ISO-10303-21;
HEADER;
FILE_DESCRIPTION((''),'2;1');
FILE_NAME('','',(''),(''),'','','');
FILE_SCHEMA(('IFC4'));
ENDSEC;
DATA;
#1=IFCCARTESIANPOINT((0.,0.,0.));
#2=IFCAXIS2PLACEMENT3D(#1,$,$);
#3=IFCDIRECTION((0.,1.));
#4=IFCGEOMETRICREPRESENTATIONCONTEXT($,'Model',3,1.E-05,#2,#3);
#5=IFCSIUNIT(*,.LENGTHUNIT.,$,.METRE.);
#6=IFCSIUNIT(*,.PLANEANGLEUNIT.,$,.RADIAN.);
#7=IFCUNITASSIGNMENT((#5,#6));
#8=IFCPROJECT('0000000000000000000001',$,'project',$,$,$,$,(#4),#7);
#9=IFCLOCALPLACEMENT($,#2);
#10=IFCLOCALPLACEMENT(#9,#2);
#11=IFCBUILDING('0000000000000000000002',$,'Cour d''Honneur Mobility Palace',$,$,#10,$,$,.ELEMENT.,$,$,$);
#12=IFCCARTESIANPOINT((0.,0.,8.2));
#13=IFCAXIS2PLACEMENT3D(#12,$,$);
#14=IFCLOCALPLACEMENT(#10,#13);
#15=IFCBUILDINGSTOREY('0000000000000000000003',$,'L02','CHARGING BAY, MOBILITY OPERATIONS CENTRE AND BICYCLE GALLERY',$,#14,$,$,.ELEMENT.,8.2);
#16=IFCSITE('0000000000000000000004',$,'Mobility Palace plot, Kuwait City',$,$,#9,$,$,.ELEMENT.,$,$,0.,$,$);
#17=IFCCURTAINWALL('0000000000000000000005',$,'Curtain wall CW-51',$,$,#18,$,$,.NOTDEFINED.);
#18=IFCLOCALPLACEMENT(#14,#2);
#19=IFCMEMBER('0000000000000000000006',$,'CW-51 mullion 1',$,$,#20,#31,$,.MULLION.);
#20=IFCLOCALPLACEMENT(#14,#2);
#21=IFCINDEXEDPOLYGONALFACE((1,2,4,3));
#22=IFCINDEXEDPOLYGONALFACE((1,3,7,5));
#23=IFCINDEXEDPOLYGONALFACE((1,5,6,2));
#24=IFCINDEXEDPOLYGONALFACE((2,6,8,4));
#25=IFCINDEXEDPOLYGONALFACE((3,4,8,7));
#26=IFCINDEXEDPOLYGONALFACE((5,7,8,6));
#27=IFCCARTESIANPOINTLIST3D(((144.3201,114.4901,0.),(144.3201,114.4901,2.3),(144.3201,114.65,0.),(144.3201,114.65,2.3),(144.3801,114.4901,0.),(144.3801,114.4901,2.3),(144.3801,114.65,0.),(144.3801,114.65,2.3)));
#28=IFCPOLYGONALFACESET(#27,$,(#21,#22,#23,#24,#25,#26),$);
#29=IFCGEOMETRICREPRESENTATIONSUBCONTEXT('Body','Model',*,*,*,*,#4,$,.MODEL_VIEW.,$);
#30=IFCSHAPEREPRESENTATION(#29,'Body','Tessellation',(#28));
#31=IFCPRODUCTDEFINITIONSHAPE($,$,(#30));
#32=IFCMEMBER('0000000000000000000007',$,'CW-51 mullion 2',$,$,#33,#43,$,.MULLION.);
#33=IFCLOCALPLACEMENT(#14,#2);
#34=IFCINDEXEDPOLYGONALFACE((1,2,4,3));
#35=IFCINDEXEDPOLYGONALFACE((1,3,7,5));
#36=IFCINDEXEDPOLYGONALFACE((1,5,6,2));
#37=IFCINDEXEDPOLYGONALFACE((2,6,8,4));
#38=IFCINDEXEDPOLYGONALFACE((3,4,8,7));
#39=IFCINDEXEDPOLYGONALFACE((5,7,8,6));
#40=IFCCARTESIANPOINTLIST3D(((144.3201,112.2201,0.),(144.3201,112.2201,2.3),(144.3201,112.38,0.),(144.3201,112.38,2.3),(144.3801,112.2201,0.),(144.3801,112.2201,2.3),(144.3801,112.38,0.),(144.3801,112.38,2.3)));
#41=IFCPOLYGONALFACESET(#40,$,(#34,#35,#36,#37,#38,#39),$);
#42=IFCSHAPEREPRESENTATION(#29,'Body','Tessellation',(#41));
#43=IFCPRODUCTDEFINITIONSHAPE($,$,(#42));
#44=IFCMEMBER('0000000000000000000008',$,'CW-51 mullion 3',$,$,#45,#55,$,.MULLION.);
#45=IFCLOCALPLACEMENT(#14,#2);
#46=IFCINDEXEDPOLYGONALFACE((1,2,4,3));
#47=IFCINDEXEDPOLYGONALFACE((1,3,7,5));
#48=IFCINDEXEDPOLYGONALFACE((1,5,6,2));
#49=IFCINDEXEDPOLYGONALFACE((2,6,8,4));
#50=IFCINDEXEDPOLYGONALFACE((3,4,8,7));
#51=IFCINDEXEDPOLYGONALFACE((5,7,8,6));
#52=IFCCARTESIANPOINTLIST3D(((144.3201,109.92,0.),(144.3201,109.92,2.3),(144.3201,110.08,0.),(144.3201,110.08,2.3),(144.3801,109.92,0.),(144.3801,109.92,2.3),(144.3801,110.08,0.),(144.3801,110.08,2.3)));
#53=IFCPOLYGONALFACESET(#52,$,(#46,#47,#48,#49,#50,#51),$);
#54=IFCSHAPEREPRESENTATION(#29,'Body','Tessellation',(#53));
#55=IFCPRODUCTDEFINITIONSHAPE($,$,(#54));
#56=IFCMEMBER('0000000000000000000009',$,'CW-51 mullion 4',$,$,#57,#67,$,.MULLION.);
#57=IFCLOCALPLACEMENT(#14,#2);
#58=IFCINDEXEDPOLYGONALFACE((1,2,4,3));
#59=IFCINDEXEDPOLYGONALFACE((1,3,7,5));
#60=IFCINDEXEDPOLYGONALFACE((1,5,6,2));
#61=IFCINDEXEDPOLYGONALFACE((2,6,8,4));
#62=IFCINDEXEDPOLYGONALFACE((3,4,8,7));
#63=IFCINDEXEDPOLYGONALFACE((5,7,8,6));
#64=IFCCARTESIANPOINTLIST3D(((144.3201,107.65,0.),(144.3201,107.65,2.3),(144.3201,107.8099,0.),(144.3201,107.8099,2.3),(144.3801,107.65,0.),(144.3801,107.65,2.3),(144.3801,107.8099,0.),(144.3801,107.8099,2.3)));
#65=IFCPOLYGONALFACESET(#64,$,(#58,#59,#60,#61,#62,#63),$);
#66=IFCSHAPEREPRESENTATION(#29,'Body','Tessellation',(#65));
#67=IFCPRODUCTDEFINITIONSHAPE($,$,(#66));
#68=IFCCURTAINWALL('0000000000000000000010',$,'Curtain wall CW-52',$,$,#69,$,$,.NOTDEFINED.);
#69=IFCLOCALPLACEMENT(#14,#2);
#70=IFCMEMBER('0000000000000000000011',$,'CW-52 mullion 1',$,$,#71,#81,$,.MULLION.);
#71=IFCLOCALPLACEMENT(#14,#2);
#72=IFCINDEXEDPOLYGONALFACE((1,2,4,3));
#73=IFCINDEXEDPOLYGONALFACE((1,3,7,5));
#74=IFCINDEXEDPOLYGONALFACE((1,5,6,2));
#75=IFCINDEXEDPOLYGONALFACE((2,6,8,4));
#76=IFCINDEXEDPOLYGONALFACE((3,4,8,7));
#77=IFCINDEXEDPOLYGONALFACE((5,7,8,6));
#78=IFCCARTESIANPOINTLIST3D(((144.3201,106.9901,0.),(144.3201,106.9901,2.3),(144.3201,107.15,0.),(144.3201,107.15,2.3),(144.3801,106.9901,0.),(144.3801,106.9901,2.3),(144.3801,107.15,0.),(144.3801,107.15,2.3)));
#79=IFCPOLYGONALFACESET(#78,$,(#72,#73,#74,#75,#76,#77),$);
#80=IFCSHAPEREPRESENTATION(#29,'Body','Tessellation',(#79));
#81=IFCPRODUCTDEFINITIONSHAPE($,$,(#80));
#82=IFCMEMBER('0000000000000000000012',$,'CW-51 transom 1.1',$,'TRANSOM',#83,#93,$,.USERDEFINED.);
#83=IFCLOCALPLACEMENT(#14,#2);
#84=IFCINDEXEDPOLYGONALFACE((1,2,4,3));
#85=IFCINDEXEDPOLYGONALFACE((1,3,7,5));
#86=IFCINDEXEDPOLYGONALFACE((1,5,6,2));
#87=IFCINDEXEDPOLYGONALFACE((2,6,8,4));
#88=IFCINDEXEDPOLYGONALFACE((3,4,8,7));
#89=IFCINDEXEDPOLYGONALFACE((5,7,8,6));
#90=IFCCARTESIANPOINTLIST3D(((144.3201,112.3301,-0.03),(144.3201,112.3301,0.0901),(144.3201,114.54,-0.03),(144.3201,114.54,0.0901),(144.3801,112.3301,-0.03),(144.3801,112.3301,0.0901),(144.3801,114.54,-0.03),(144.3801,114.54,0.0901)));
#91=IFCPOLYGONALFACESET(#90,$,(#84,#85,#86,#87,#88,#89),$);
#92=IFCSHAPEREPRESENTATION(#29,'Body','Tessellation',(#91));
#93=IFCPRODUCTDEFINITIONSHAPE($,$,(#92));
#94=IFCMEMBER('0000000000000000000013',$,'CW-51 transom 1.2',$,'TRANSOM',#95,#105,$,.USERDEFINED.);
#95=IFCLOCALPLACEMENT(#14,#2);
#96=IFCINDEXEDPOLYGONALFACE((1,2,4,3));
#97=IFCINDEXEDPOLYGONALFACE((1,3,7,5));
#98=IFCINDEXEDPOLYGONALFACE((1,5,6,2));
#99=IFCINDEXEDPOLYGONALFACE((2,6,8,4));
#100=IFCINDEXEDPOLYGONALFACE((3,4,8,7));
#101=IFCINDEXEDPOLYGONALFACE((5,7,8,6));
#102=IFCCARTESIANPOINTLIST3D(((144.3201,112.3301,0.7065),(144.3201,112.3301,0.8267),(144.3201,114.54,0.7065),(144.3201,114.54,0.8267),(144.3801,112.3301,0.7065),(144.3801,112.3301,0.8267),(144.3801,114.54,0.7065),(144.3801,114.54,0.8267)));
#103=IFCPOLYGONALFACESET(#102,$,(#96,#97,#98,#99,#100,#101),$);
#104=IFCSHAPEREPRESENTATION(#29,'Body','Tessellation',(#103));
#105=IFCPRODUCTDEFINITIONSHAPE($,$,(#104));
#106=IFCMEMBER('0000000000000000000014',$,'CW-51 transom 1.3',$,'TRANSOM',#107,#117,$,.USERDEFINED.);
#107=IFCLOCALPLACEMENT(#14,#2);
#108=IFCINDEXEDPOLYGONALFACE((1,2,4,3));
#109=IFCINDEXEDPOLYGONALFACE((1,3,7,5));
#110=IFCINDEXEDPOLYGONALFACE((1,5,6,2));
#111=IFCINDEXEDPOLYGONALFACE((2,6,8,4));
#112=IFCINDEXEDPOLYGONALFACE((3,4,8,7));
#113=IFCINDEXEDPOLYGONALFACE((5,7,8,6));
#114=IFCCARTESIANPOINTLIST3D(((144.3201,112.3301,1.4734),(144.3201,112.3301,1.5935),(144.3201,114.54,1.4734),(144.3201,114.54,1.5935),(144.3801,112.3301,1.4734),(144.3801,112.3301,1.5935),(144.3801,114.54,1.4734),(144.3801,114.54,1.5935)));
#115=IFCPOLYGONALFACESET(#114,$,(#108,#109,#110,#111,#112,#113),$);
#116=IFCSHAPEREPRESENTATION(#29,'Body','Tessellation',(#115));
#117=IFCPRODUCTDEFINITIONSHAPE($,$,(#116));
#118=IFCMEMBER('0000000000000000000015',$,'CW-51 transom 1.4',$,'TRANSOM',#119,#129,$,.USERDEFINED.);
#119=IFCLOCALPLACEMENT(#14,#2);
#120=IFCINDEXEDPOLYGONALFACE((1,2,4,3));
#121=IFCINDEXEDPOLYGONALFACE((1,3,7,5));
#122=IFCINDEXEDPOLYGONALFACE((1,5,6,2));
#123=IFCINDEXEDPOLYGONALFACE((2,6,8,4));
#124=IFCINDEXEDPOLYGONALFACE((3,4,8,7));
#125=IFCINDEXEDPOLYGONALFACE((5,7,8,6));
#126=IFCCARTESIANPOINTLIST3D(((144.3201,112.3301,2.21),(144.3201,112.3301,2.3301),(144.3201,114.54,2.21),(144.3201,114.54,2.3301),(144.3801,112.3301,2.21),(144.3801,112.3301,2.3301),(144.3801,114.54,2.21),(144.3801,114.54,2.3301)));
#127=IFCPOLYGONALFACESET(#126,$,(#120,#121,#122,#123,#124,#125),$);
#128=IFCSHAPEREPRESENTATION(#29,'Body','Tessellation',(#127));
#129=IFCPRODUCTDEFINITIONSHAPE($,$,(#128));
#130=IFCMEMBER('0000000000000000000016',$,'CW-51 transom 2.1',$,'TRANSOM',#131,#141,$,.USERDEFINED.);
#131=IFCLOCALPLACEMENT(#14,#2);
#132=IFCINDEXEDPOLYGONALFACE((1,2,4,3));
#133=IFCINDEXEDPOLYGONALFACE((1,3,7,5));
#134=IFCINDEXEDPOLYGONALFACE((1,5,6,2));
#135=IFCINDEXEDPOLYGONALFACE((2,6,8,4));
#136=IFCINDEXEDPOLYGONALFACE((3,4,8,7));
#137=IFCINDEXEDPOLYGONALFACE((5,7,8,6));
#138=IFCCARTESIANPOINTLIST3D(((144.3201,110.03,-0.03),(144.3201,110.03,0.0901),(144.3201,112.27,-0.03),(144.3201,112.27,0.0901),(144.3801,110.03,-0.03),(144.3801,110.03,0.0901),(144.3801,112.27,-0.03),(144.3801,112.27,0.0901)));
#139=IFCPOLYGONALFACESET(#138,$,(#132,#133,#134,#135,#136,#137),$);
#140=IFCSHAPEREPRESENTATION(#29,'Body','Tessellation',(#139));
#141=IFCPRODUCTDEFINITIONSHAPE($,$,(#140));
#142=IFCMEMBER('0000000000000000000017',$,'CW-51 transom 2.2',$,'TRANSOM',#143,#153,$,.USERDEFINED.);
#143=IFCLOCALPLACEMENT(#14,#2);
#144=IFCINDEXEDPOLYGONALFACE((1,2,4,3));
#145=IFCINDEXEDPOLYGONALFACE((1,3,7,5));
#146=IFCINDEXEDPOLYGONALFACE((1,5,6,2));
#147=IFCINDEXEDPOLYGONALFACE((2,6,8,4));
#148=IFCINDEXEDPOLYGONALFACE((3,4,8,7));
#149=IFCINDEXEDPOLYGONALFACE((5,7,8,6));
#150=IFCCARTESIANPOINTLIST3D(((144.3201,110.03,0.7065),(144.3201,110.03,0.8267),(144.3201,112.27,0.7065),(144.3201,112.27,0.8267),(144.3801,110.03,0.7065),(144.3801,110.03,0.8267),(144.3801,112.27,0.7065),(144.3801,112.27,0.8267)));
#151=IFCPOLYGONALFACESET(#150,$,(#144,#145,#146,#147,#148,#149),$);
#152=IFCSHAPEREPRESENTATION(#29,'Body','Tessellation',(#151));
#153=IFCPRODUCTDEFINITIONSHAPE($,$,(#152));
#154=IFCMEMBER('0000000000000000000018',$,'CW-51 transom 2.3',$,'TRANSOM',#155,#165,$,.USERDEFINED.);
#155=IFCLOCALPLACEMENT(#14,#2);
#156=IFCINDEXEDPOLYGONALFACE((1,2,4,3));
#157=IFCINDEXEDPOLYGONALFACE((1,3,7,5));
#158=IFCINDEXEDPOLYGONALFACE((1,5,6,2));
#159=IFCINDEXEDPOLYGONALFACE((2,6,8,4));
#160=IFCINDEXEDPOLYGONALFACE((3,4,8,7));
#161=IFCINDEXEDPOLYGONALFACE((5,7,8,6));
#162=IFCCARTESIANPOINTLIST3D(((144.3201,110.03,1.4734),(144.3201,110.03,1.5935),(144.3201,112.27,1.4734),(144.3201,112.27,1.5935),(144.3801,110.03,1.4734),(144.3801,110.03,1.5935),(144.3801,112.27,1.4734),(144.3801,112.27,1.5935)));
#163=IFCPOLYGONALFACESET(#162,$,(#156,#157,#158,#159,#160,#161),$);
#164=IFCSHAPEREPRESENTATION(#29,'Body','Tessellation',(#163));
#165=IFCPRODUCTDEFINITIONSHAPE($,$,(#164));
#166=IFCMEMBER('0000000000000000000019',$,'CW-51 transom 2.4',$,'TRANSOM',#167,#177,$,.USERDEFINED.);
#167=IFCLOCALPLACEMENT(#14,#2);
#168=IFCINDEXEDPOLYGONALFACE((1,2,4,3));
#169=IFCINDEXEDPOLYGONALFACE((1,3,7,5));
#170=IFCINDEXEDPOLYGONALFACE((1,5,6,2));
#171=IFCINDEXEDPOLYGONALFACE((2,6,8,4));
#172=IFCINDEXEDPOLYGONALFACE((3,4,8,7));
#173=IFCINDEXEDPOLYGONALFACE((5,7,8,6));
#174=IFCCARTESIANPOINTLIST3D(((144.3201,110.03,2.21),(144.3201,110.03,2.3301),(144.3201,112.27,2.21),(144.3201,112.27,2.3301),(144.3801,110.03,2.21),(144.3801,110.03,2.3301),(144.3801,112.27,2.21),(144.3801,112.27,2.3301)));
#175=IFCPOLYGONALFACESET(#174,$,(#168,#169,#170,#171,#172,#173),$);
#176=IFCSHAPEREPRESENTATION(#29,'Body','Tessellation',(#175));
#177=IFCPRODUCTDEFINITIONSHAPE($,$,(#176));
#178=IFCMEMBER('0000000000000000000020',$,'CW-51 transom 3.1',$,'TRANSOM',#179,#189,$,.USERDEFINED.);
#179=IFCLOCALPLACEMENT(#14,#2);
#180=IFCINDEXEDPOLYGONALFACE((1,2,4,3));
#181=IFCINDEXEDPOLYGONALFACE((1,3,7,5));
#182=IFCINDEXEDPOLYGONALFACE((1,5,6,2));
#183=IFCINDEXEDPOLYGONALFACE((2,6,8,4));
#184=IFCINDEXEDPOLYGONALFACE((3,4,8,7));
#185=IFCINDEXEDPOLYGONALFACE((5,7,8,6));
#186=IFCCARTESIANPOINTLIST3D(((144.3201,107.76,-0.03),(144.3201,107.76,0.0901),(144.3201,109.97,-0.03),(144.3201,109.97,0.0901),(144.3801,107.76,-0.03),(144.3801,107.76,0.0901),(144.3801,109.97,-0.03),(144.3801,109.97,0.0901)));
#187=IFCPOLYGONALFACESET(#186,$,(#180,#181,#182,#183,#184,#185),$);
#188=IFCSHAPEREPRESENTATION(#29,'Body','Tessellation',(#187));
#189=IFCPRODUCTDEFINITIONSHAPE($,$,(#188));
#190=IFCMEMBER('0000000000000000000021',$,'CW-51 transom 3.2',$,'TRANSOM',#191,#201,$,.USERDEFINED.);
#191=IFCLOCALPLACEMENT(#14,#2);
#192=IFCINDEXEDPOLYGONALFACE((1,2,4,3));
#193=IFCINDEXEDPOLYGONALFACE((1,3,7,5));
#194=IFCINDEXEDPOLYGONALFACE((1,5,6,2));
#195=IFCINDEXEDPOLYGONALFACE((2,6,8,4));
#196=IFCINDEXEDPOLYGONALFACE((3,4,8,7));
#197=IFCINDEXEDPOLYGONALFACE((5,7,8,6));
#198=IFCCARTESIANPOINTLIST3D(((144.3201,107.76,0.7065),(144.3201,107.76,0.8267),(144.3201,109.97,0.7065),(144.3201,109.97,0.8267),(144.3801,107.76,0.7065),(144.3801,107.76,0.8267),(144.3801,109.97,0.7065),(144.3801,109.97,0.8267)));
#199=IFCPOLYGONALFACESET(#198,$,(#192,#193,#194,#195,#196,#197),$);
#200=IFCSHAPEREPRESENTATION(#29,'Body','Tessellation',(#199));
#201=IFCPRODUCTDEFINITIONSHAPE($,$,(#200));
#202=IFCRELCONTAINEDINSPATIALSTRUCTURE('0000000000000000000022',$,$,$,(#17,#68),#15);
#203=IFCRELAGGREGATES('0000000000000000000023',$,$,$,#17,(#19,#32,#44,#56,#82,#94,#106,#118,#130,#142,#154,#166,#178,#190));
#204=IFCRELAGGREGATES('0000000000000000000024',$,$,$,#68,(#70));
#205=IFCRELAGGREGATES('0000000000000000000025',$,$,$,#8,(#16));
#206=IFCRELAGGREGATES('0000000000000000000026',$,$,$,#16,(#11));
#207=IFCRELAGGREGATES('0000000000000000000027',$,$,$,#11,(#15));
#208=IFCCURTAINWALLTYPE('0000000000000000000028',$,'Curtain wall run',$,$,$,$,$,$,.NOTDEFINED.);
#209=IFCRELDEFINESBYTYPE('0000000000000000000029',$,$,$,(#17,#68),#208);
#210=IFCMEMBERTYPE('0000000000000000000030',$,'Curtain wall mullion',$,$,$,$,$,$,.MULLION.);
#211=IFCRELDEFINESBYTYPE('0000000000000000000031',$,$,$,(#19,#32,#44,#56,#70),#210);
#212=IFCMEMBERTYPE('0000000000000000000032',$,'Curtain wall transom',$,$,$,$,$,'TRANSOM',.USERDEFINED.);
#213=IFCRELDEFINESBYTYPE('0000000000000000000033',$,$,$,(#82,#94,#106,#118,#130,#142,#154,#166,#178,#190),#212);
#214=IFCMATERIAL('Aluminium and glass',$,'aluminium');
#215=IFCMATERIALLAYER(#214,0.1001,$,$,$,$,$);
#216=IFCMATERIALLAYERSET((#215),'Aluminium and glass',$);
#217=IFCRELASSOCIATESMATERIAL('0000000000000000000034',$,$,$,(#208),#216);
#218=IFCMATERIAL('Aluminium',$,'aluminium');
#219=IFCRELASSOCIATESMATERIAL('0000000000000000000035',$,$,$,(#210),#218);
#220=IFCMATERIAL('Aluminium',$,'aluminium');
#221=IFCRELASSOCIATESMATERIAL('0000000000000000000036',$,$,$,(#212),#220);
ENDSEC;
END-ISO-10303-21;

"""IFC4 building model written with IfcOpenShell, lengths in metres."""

from ifc_helpers import new_model, si_unit, direction, frame, origin, origin_2d, place, context, subcontext, project, spatial, rectangle, extrude, material, layer, layer_set, material_profile, profile_set, type_object, element, aggregate, save


model = new_model("IFC4")

# Units and contexts
model_context = context("Model", 3, precision=1e-05, world=origin(), true_north=direction((0.0, 1.0)))
body_context = subcontext(model_context, "Body", "Model", "MODEL_VIEW")
ifc_project = project(units=[si_unit("LENGTHUNIT", "METRE"), si_unit("PLANEANGLEUNIT", "RADIAN")], contexts=[model_context])

# Site, building, storey
site_placement = place(None, origin())
site = spatial("IfcSite", under=ifc_project, at=site_placement, Name="Mobility Palace plot, Kuwait City", CompositionType="ELEMENT", RefElevation=0.0)
building_placement = place(site_placement, origin())
building = spatial("IfcBuilding", under=site, at=building_placement, Name="Cour d'Honneur Mobility Palace", CompositionType="ELEMENT")
storey_placement = place(building_placement, frame((0.0, 0.0, 8.2)))
storey = spatial("IfcBuildingStorey", under=building, at=storey_placement, Name="L02", Description="CHARGING BAY, MOBILITY OPERATIONS CENTRE AND BICYCLE GALLERY", CompositionType="ELEMENT", Elevation=8.2)

# Curtain wall, members
ifc_material_1 = material(Name="Aluminium and glass", Category="aluminium")
ifc_layer_1 = layer(ifc_material_1, 0.1001)
ifc_layer_set_1 = layer_set([ifc_layer_1], Name="Aluminium and glass")
curtain_wall_type = type_object("IfcCurtainWallType", Name="Curtain wall run", PredefinedType="NOTDEFINED", material=ifc_layer_set_1)
curtain_wall_1_placement = place(storey_placement, origin())
curtain_wall_1 = element("IfcCurtainWall", 1, at=curtain_wall_1_placement, inside=storey, type_object=curtain_wall_type, Name="Curtain wall CW-51", PredefinedType="NOTDEFINED")
ifc_material_2 = material(Name="Aluminium", Category="aluminium")
ifc_material_profile_1 = material_profile(ifc_material_2, rectangle(XDim=0.0601, YDim=0.1599, at=origin_2d()), Name="Curtain wall mullion")
ifc_profile_set_1 = profile_set([ifc_material_profile_1], Name="Aluminium")
member_type_1 = type_object("IfcMemberType", Name="Curtain wall mullion", PredefinedType="MULLION", material=ifc_profile_set_1)
member_1_placement = place(storey_placement, frame((144.3501, 114.5701, 0.0), z_axis=(0.0, 0.0, 1.0), x_axis=(1.0, 0.0, 0.0)))
member_1 = element("IfcMember", 2, at=member_1_placement, type_object=member_type_1, Name="CW-51 mullion 1", PredefinedType="MULLION", context=body_context, shape_type="SweptSolid", body=[
    extrude(rectangle(XDim=0.0601, YDim=0.1599, at=origin_2d()), origin(), (0.0, 0.0, 1.0), 2.3),
])
member_2_placement = place(storey_placement, frame((144.3501, 112.3, 0.0), z_axis=(0.0, 0.0, 1.0), x_axis=(1.0, 0.0, 0.0)))
member_2 = element("IfcMember", 3, at=member_2_placement, type_object=member_type_1, Name="CW-51 mullion 2", PredefinedType="MULLION", context=body_context, shape_type="SweptSolid", body=[
    extrude(rectangle(XDim=0.0601, YDim=0.1599, at=origin_2d()), origin(), (0.0, 0.0, 1.0), 2.3),
])
member_3_placement = place(storey_placement, frame((144.3501, 110.0, 0.0), z_axis=(0.0, 0.0, 1.0), x_axis=(1.0, 0.0, 0.0)))
member_3 = element("IfcMember", 4, at=member_3_placement, type_object=member_type_1, Name="CW-51 mullion 3", PredefinedType="MULLION", context=body_context, shape_type="SweptSolid", body=[
    extrude(rectangle(XDim=0.0601, YDim=0.1599, at=origin_2d()), origin(), (0.0, 0.0, 1.0), 2.3),
])
member_4_placement = place(storey_placement, frame((144.3501, 107.73, 0.0), z_axis=(0.0, 0.0, 1.0), x_axis=(1.0, 0.0, 0.0)))
member_4 = element("IfcMember", 5, at=member_4_placement, type_object=member_type_1, Name="CW-51 mullion 4", PredefinedType="MULLION", context=body_context, shape_type="SweptSolid", body=[
    extrude(rectangle(XDim=0.0601, YDim=0.1599, at=origin_2d()), origin(), (0.0, 0.0, 1.0), 2.3),
])

# Curtain wall, member
curtain_wall_2_placement = place(storey_placement, origin())
curtain_wall_2 = element("IfcCurtainWall", 6, at=curtain_wall_2_placement, inside=storey, type_object=curtain_wall_type, Name="Curtain wall CW-52", PredefinedType="NOTDEFINED")
member_5_placement = place(storey_placement, frame((144.3501, 107.0701, 0.0), z_axis=(0.0, 0.0, 1.0), x_axis=(1.0, 0.0, 0.0)))
member_5 = element("IfcMember", 7, at=member_5_placement, type_object=member_type_1, Name="CW-52 mullion 1", PredefinedType="MULLION", context=body_context, shape_type="SweptSolid", body=[
    extrude(rectangle(XDim=0.0601, YDim=0.1599, at=origin_2d()), origin(), (0.0, 0.0, 1.0), 2.3),
])

# Members
ifc_material_3 = material(Name="Aluminium", Category="aluminium")
ifc_material_profile_2 = material_profile(ifc_material_3, rectangle(XDim=0.0601, YDim=0.1201, at=origin_2d()), Name="Curtain wall transom")
ifc_profile_set_2 = profile_set([ifc_material_profile_2], Name="Aluminium")
member_type_2 = type_object("IfcMemberType", Name="Curtain wall transom", ElementType="TRANSOM", PredefinedType="USERDEFINED", material=ifc_profile_set_2)
member_6_placement = place(storey_placement, frame((144.3501, 114.54, 0.03), z_axis=(0.0, -1.0, 0.0), x_axis=(1.0, 0.0, 0.0)))
member_6 = element("IfcMember", 8, at=member_6_placement, type_object=member_type_2, Name="CW-51 transom 1.1", ObjectType="TRANSOM", PredefinedType="USERDEFINED", context=body_context, shape_type="SweptSolid", body=[
    extrude(rectangle(XDim=0.0601, YDim=0.1201, at=origin_2d()), origin(), (0.0, 0.0, 1.0), 2.21),
])
member_7_placement = place(storey_placement, frame((144.3501, 114.54, 0.7666), z_axis=(0.0, -1.0, 0.0), x_axis=(1.0, 0.0, 0.0)))
member_7 = element("IfcMember", 9, at=member_7_placement, type_object=member_type_2, Name="CW-51 transom 1.2", ObjectType="TRANSOM", PredefinedType="USERDEFINED", context=body_context, shape_type="SweptSolid", body=[
    extrude(rectangle(XDim=0.0601, YDim=0.1201, at=origin_2d()), origin(), (0.0, 0.0, 1.0), 2.21),
])
member_8_placement = place(storey_placement, frame((144.3501, 114.54, 1.5334), z_axis=(0.0, -1.0, 0.0), x_axis=(1.0, 0.0, 0.0)))
member_8 = element("IfcMember", 10, at=member_8_placement, type_object=member_type_2, Name="CW-51 transom 1.3", ObjectType="TRANSOM", PredefinedType="USERDEFINED", context=body_context, shape_type="SweptSolid", body=[
    extrude(rectangle(XDim=0.0601, YDim=0.1201, at=origin_2d()), origin(), (0.0, 0.0, 1.0), 2.21),
])
member_9_placement = place(storey_placement, frame((144.3501, 114.54, 2.27), z_axis=(0.0, -1.0, 0.0), x_axis=(1.0, 0.0, 0.0)))
member_9 = element("IfcMember", 11, at=member_9_placement, type_object=member_type_2, Name="CW-51 transom 1.4", ObjectType="TRANSOM", PredefinedType="USERDEFINED", context=body_context, shape_type="SweptSolid", body=[
    extrude(rectangle(XDim=0.0601, YDim=0.1201, at=origin_2d()), origin(), (0.0, 0.0, 1.0), 2.21),
])
member_10_placement = place(storey_placement, frame((144.3501, 112.27, 0.03), z_axis=(0.0, -1.0, 0.0), x_axis=(1.0, 0.0, 0.0)))
member_10 = element("IfcMember", 12, at=member_10_placement, type_object=member_type_2, Name="CW-51 transom 2.1", ObjectType="TRANSOM", PredefinedType="USERDEFINED", context=body_context, shape_type="SweptSolid", body=[
    extrude(rectangle(XDim=0.0601, YDim=0.1201, at=origin_2d()), origin(), (0.0, 0.0, 1.0), 2.24),
])
member_11_placement = place(storey_placement, frame((144.3501, 112.27, 0.7666), z_axis=(0.0, -1.0, 0.0), x_axis=(1.0, 0.0, 0.0)))
member_11 = element("IfcMember", 13, at=member_11_placement, type_object=member_type_2, Name="CW-51 transom 2.2", ObjectType="TRANSOM", PredefinedType="USERDEFINED", context=body_context, shape_type="SweptSolid", body=[
    extrude(rectangle(XDim=0.0601, YDim=0.1201, at=origin_2d()), origin(), (0.0, 0.0, 1.0), 2.24),
])
member_12_placement = place(storey_placement, frame((144.3501, 112.27, 1.5334), z_axis=(0.0, -1.0, 0.0), x_axis=(1.0, 0.0, 0.0)))
member_12 = element("IfcMember", 14, at=member_12_placement, type_object=member_type_2, Name="CW-51 transom 2.3", ObjectType="TRANSOM", PredefinedType="USERDEFINED", context=body_context, shape_type="SweptSolid", body=[
    extrude(rectangle(XDim=0.0601, YDim=0.1201, at=origin_2d()), origin(), (0.0, 0.0, 1.0), 2.24),
])
member_13_placement = place(storey_placement, frame((144.3501, 112.27, 2.27), z_axis=(0.0, -1.0, 0.0), x_axis=(1.0, 0.0, 0.0)))
member_13 = element("IfcMember", 15, at=member_13_placement, type_object=member_type_2, Name="CW-51 transom 2.4", ObjectType="TRANSOM", PredefinedType="USERDEFINED", context=body_context, shape_type="SweptSolid", body=[
    extrude(rectangle(XDim=0.0601, YDim=0.1201, at=origin_2d()), origin(), (0.0, 0.0, 1.0), 2.24),
])
member_14_placement = place(storey_placement, frame((144.3501, 109.97, 0.03), z_axis=(0.0, -1.0, 0.0), x_axis=(1.0, 0.0, 0.0)))
member_14 = element("IfcMember", 16, at=member_14_placement, type_object=member_type_2, Name="CW-51 transom 3.1", ObjectType="TRANSOM", PredefinedType="USERDEFINED", context=body_context, shape_type="SweptSolid", body=[
    extrude(rectangle(XDim=0.0601, YDim=0.1201, at=origin_2d()), origin(), (0.0, 0.0, 1.0), 2.21),
])
member_15_placement = place(storey_placement, frame((144.3501, 109.97, 0.7666), z_axis=(0.0, -1.0, 0.0), x_axis=(1.0, 0.0, 0.0)))
member_15 = element("IfcMember", 17, at=member_15_placement, type_object=member_type_2, Name="CW-51 transom 3.2", ObjectType="TRANSOM", PredefinedType="USERDEFINED", context=body_context, shape_type="SweptSolid", body=[
    extrude(rectangle(XDim=0.0601, YDim=0.1201, at=origin_2d()), origin(), (0.0, 0.0, 1.0), 2.21),
])

aggregate(curtain_wall_1, [member_1, member_2, member_3, member_4, member_6, member_7, member_8, member_9, member_10, member_11, member_12, member_13, member_14, member_15])
aggregate(curtain_wall_2, [member_5])

save(model, "model.ifc")
